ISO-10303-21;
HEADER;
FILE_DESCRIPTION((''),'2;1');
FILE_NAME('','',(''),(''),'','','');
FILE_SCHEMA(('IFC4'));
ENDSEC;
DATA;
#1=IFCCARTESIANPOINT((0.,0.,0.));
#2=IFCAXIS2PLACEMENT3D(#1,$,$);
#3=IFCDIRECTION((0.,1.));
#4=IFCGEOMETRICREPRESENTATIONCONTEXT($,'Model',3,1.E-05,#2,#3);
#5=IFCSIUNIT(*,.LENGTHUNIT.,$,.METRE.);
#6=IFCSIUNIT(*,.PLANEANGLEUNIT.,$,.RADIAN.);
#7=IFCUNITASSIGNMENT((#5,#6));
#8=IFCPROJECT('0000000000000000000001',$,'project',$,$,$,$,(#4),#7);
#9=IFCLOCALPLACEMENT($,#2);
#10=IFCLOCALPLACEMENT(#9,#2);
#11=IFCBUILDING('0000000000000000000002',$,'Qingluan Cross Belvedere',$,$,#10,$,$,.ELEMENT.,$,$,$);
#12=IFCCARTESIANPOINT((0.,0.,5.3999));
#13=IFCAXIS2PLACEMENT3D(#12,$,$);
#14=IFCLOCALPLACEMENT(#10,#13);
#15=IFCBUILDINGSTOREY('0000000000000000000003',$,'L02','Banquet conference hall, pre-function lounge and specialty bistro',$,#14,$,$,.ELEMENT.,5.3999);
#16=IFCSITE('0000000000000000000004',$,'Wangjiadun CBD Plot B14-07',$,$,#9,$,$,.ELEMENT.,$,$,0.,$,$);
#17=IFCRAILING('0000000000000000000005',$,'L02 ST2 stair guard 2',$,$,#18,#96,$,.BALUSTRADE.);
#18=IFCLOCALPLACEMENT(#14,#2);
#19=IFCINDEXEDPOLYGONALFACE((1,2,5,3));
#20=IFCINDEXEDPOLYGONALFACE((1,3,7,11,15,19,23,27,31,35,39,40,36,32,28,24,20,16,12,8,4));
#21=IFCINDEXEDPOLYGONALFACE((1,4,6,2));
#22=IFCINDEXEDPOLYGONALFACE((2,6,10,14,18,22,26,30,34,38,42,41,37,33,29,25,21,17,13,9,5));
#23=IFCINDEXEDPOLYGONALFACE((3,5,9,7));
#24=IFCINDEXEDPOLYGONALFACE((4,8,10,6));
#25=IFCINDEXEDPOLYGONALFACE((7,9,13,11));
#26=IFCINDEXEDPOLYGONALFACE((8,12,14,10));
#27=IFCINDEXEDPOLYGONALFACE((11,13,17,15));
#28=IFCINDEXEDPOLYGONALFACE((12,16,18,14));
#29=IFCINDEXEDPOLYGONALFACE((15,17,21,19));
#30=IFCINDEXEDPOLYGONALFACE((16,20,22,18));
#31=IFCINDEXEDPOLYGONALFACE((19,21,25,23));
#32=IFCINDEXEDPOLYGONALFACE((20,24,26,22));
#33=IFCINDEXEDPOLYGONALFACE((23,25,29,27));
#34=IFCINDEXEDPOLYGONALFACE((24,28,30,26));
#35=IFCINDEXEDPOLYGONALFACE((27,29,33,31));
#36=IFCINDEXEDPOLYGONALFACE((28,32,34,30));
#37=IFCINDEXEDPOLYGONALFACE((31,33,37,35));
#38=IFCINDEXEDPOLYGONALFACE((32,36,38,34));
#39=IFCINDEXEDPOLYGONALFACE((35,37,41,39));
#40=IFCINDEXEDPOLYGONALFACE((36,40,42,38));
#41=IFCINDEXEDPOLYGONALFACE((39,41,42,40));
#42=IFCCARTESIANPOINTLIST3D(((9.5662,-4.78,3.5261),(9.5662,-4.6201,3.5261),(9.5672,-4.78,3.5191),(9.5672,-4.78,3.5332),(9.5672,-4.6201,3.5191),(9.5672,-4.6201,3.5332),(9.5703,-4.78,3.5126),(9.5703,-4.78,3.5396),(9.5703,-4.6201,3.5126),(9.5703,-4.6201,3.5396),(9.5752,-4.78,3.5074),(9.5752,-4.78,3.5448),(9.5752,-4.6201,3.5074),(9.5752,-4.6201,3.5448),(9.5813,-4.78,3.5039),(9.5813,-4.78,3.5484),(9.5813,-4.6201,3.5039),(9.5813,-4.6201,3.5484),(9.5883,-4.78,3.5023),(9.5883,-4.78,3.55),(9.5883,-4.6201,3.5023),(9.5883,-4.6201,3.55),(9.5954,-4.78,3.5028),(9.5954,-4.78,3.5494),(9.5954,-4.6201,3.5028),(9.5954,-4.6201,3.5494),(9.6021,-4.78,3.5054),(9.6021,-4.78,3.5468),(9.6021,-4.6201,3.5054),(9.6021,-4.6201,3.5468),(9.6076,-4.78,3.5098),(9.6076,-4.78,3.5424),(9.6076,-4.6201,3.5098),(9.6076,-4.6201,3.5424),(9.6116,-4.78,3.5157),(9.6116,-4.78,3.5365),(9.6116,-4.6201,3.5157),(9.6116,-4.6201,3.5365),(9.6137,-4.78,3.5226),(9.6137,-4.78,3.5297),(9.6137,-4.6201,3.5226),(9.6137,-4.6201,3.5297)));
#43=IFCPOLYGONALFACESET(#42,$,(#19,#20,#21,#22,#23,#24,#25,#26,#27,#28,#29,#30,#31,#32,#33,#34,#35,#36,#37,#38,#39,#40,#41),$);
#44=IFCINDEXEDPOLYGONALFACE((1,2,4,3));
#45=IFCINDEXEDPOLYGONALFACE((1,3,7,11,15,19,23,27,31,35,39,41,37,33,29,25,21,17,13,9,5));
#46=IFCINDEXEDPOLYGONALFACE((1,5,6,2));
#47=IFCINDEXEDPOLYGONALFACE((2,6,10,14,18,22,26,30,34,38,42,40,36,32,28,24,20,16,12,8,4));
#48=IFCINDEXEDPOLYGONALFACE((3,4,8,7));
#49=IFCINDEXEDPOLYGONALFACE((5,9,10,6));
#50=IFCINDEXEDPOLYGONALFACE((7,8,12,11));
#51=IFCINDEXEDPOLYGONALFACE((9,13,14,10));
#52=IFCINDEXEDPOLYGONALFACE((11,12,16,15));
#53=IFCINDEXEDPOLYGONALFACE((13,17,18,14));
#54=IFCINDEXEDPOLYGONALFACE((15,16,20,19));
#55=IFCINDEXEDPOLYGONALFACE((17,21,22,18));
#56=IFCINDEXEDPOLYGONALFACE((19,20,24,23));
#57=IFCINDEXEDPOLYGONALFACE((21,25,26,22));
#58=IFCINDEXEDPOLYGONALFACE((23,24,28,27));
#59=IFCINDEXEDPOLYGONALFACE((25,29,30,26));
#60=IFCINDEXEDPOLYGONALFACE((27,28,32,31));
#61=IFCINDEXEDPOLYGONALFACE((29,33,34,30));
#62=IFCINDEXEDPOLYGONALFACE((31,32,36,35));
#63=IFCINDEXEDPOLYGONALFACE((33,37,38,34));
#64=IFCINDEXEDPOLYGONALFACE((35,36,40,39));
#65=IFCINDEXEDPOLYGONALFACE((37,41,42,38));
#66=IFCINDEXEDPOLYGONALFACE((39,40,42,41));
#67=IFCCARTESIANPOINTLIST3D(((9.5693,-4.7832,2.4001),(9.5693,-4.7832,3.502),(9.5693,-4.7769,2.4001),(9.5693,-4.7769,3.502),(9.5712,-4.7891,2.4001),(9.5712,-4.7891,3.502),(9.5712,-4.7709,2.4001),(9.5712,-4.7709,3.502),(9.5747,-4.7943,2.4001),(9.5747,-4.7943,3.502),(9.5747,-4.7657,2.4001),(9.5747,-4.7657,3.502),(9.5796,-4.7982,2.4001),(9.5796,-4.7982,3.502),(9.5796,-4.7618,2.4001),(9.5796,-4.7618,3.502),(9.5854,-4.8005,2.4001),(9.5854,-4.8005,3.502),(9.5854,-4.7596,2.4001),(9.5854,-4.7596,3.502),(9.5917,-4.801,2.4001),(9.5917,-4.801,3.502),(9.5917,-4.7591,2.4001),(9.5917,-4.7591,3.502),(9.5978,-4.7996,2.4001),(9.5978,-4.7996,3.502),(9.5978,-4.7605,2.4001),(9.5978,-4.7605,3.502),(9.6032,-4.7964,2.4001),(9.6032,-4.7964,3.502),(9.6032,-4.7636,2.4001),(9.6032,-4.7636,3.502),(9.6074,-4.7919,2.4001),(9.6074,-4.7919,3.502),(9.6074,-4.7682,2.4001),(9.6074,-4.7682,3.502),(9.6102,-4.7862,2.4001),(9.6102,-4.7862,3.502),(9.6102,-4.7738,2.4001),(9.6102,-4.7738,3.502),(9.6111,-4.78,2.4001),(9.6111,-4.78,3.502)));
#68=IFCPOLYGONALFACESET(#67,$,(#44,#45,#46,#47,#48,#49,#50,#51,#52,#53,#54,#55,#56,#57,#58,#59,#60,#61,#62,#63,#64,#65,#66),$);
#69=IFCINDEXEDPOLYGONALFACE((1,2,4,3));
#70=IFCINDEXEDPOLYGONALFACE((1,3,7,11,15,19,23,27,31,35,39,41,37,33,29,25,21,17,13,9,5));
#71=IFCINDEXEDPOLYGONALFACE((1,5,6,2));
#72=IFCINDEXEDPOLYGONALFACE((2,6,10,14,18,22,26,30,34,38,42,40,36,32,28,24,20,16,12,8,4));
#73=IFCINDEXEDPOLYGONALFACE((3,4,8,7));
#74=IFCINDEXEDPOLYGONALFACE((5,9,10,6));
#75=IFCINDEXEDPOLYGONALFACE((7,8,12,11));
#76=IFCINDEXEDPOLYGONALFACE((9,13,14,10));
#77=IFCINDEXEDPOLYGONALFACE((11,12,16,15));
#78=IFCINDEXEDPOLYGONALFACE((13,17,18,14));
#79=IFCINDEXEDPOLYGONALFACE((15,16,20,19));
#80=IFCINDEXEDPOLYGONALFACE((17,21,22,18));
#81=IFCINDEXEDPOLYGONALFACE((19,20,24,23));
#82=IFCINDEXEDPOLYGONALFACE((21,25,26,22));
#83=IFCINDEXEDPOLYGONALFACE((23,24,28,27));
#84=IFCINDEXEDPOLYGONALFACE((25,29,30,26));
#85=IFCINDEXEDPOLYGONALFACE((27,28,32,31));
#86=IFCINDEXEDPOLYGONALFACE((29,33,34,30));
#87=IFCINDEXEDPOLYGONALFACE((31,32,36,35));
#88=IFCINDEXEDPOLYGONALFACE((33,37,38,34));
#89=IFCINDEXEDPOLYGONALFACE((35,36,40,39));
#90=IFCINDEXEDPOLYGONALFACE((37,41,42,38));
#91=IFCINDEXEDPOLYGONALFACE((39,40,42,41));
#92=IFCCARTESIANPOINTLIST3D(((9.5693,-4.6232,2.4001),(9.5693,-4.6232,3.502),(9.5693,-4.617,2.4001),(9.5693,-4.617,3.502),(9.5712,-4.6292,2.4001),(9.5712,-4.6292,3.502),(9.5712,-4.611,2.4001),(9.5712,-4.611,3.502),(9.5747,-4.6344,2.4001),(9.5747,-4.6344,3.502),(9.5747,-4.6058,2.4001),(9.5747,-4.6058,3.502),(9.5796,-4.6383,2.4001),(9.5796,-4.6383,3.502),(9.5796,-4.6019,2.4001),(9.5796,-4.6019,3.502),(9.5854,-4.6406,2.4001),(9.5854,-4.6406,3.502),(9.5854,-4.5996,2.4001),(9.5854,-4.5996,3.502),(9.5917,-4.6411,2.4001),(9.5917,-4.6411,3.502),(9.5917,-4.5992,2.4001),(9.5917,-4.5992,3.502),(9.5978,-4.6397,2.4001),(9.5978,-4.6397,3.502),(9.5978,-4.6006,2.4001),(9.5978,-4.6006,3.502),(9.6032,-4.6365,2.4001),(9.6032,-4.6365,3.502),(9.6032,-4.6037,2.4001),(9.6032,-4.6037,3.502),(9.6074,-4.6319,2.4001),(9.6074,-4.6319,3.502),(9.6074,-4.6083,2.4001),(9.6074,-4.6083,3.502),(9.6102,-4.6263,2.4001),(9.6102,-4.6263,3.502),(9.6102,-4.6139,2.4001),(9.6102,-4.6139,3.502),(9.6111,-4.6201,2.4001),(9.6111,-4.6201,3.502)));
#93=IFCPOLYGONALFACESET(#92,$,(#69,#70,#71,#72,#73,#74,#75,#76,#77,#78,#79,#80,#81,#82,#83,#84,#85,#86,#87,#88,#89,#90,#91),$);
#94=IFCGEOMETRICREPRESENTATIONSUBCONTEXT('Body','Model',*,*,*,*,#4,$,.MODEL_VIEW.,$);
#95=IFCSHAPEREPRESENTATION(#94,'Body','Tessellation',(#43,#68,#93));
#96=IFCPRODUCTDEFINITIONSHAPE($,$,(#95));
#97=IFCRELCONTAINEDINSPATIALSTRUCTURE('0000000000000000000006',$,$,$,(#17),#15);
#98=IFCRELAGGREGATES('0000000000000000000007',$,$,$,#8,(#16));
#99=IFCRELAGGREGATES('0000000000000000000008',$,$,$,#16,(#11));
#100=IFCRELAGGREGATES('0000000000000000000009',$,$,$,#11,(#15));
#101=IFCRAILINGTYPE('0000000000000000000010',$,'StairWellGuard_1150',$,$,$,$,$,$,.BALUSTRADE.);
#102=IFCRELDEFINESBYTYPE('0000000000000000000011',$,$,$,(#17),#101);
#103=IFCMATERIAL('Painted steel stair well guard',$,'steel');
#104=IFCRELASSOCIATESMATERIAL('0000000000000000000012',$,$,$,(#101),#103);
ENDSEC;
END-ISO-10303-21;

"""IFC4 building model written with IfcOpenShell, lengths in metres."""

from ifc_helpers import new_model, si_unit, direction, frame, origin, origin_2d, place, context, subcontext, project, spatial, circle, extrude, material, type_object, element, save


model = new_model("IFC4")

# Units and contexts
model_context = context("Model", 3, precision=1e-05, world=origin(), true_north=direction((0.0, 1.0)))
body_context = subcontext(model_context, "Body", "Model", "MODEL_VIEW")
ifc_project = project(units=[si_unit("LENGTHUNIT", "METRE"), si_unit("PLANEANGLEUNIT", "RADIAN")], contexts=[model_context])

# Site, building, storey
site_placement = place(None, origin())
site = spatial("IfcSite", under=ifc_project, at=site_placement, Name="Wangjiadun CBD Plot B14-07", CompositionType="ELEMENT", RefElevation=0.0)
building_placement = place(site_placement, origin())
building = spatial("IfcBuilding", under=site, at=building_placement, Name="Qingluan Cross Belvedere", CompositionType="ELEMENT")
storey_placement = place(building_placement, frame((0.0, 0.0, 5.3999)))
storey = spatial("IfcBuildingStorey", under=building, at=storey_placement, Name="L02", Description="Banquet conference hall, pre-function lounge and specialty bistro", CompositionType="ELEMENT", Elevation=5.3999)

# Railing
ifc_material_1 = material(Name="Painted steel stair well guard", Category="steel")
railing_type_1 = type_object("IfcRailingType", Name="StairWellGuard_1150", PredefinedType="BALUSTRADE", material=ifc_material_1)
railing_1_placement = place(storey_placement, frame((9.5901, -4.78, 2.4001)))
element("IfcRailing", 1, at=railing_1_placement, inside=storey, type_object=railing_type_1, Name="L02 ST2 stair guard 2", PredefinedType="BALUSTRADE", context=body_context, shape_type="SweptSolid", body=[
    extrude(circle(Radius=0.0239, at=origin_2d()), frame((0.0, 0.0, 1.126), z_axis=(0.0, 1.0, 0.0), x_axis=(-1.0, 0.0, 0.0)), (0.0, 0.0, 1.0), 0.1599),
    extrude(circle(Radius=0.021, at=origin_2d()), origin(), (0.0, 0.0, 1.0), 1.1018),
    extrude(circle(Radius=0.021, at=origin_2d()), frame((0.0, 0.1599, 0.0)), (0.0, 0.0, 1.0), 1.1018),
])

save(model, "model.ifc")
